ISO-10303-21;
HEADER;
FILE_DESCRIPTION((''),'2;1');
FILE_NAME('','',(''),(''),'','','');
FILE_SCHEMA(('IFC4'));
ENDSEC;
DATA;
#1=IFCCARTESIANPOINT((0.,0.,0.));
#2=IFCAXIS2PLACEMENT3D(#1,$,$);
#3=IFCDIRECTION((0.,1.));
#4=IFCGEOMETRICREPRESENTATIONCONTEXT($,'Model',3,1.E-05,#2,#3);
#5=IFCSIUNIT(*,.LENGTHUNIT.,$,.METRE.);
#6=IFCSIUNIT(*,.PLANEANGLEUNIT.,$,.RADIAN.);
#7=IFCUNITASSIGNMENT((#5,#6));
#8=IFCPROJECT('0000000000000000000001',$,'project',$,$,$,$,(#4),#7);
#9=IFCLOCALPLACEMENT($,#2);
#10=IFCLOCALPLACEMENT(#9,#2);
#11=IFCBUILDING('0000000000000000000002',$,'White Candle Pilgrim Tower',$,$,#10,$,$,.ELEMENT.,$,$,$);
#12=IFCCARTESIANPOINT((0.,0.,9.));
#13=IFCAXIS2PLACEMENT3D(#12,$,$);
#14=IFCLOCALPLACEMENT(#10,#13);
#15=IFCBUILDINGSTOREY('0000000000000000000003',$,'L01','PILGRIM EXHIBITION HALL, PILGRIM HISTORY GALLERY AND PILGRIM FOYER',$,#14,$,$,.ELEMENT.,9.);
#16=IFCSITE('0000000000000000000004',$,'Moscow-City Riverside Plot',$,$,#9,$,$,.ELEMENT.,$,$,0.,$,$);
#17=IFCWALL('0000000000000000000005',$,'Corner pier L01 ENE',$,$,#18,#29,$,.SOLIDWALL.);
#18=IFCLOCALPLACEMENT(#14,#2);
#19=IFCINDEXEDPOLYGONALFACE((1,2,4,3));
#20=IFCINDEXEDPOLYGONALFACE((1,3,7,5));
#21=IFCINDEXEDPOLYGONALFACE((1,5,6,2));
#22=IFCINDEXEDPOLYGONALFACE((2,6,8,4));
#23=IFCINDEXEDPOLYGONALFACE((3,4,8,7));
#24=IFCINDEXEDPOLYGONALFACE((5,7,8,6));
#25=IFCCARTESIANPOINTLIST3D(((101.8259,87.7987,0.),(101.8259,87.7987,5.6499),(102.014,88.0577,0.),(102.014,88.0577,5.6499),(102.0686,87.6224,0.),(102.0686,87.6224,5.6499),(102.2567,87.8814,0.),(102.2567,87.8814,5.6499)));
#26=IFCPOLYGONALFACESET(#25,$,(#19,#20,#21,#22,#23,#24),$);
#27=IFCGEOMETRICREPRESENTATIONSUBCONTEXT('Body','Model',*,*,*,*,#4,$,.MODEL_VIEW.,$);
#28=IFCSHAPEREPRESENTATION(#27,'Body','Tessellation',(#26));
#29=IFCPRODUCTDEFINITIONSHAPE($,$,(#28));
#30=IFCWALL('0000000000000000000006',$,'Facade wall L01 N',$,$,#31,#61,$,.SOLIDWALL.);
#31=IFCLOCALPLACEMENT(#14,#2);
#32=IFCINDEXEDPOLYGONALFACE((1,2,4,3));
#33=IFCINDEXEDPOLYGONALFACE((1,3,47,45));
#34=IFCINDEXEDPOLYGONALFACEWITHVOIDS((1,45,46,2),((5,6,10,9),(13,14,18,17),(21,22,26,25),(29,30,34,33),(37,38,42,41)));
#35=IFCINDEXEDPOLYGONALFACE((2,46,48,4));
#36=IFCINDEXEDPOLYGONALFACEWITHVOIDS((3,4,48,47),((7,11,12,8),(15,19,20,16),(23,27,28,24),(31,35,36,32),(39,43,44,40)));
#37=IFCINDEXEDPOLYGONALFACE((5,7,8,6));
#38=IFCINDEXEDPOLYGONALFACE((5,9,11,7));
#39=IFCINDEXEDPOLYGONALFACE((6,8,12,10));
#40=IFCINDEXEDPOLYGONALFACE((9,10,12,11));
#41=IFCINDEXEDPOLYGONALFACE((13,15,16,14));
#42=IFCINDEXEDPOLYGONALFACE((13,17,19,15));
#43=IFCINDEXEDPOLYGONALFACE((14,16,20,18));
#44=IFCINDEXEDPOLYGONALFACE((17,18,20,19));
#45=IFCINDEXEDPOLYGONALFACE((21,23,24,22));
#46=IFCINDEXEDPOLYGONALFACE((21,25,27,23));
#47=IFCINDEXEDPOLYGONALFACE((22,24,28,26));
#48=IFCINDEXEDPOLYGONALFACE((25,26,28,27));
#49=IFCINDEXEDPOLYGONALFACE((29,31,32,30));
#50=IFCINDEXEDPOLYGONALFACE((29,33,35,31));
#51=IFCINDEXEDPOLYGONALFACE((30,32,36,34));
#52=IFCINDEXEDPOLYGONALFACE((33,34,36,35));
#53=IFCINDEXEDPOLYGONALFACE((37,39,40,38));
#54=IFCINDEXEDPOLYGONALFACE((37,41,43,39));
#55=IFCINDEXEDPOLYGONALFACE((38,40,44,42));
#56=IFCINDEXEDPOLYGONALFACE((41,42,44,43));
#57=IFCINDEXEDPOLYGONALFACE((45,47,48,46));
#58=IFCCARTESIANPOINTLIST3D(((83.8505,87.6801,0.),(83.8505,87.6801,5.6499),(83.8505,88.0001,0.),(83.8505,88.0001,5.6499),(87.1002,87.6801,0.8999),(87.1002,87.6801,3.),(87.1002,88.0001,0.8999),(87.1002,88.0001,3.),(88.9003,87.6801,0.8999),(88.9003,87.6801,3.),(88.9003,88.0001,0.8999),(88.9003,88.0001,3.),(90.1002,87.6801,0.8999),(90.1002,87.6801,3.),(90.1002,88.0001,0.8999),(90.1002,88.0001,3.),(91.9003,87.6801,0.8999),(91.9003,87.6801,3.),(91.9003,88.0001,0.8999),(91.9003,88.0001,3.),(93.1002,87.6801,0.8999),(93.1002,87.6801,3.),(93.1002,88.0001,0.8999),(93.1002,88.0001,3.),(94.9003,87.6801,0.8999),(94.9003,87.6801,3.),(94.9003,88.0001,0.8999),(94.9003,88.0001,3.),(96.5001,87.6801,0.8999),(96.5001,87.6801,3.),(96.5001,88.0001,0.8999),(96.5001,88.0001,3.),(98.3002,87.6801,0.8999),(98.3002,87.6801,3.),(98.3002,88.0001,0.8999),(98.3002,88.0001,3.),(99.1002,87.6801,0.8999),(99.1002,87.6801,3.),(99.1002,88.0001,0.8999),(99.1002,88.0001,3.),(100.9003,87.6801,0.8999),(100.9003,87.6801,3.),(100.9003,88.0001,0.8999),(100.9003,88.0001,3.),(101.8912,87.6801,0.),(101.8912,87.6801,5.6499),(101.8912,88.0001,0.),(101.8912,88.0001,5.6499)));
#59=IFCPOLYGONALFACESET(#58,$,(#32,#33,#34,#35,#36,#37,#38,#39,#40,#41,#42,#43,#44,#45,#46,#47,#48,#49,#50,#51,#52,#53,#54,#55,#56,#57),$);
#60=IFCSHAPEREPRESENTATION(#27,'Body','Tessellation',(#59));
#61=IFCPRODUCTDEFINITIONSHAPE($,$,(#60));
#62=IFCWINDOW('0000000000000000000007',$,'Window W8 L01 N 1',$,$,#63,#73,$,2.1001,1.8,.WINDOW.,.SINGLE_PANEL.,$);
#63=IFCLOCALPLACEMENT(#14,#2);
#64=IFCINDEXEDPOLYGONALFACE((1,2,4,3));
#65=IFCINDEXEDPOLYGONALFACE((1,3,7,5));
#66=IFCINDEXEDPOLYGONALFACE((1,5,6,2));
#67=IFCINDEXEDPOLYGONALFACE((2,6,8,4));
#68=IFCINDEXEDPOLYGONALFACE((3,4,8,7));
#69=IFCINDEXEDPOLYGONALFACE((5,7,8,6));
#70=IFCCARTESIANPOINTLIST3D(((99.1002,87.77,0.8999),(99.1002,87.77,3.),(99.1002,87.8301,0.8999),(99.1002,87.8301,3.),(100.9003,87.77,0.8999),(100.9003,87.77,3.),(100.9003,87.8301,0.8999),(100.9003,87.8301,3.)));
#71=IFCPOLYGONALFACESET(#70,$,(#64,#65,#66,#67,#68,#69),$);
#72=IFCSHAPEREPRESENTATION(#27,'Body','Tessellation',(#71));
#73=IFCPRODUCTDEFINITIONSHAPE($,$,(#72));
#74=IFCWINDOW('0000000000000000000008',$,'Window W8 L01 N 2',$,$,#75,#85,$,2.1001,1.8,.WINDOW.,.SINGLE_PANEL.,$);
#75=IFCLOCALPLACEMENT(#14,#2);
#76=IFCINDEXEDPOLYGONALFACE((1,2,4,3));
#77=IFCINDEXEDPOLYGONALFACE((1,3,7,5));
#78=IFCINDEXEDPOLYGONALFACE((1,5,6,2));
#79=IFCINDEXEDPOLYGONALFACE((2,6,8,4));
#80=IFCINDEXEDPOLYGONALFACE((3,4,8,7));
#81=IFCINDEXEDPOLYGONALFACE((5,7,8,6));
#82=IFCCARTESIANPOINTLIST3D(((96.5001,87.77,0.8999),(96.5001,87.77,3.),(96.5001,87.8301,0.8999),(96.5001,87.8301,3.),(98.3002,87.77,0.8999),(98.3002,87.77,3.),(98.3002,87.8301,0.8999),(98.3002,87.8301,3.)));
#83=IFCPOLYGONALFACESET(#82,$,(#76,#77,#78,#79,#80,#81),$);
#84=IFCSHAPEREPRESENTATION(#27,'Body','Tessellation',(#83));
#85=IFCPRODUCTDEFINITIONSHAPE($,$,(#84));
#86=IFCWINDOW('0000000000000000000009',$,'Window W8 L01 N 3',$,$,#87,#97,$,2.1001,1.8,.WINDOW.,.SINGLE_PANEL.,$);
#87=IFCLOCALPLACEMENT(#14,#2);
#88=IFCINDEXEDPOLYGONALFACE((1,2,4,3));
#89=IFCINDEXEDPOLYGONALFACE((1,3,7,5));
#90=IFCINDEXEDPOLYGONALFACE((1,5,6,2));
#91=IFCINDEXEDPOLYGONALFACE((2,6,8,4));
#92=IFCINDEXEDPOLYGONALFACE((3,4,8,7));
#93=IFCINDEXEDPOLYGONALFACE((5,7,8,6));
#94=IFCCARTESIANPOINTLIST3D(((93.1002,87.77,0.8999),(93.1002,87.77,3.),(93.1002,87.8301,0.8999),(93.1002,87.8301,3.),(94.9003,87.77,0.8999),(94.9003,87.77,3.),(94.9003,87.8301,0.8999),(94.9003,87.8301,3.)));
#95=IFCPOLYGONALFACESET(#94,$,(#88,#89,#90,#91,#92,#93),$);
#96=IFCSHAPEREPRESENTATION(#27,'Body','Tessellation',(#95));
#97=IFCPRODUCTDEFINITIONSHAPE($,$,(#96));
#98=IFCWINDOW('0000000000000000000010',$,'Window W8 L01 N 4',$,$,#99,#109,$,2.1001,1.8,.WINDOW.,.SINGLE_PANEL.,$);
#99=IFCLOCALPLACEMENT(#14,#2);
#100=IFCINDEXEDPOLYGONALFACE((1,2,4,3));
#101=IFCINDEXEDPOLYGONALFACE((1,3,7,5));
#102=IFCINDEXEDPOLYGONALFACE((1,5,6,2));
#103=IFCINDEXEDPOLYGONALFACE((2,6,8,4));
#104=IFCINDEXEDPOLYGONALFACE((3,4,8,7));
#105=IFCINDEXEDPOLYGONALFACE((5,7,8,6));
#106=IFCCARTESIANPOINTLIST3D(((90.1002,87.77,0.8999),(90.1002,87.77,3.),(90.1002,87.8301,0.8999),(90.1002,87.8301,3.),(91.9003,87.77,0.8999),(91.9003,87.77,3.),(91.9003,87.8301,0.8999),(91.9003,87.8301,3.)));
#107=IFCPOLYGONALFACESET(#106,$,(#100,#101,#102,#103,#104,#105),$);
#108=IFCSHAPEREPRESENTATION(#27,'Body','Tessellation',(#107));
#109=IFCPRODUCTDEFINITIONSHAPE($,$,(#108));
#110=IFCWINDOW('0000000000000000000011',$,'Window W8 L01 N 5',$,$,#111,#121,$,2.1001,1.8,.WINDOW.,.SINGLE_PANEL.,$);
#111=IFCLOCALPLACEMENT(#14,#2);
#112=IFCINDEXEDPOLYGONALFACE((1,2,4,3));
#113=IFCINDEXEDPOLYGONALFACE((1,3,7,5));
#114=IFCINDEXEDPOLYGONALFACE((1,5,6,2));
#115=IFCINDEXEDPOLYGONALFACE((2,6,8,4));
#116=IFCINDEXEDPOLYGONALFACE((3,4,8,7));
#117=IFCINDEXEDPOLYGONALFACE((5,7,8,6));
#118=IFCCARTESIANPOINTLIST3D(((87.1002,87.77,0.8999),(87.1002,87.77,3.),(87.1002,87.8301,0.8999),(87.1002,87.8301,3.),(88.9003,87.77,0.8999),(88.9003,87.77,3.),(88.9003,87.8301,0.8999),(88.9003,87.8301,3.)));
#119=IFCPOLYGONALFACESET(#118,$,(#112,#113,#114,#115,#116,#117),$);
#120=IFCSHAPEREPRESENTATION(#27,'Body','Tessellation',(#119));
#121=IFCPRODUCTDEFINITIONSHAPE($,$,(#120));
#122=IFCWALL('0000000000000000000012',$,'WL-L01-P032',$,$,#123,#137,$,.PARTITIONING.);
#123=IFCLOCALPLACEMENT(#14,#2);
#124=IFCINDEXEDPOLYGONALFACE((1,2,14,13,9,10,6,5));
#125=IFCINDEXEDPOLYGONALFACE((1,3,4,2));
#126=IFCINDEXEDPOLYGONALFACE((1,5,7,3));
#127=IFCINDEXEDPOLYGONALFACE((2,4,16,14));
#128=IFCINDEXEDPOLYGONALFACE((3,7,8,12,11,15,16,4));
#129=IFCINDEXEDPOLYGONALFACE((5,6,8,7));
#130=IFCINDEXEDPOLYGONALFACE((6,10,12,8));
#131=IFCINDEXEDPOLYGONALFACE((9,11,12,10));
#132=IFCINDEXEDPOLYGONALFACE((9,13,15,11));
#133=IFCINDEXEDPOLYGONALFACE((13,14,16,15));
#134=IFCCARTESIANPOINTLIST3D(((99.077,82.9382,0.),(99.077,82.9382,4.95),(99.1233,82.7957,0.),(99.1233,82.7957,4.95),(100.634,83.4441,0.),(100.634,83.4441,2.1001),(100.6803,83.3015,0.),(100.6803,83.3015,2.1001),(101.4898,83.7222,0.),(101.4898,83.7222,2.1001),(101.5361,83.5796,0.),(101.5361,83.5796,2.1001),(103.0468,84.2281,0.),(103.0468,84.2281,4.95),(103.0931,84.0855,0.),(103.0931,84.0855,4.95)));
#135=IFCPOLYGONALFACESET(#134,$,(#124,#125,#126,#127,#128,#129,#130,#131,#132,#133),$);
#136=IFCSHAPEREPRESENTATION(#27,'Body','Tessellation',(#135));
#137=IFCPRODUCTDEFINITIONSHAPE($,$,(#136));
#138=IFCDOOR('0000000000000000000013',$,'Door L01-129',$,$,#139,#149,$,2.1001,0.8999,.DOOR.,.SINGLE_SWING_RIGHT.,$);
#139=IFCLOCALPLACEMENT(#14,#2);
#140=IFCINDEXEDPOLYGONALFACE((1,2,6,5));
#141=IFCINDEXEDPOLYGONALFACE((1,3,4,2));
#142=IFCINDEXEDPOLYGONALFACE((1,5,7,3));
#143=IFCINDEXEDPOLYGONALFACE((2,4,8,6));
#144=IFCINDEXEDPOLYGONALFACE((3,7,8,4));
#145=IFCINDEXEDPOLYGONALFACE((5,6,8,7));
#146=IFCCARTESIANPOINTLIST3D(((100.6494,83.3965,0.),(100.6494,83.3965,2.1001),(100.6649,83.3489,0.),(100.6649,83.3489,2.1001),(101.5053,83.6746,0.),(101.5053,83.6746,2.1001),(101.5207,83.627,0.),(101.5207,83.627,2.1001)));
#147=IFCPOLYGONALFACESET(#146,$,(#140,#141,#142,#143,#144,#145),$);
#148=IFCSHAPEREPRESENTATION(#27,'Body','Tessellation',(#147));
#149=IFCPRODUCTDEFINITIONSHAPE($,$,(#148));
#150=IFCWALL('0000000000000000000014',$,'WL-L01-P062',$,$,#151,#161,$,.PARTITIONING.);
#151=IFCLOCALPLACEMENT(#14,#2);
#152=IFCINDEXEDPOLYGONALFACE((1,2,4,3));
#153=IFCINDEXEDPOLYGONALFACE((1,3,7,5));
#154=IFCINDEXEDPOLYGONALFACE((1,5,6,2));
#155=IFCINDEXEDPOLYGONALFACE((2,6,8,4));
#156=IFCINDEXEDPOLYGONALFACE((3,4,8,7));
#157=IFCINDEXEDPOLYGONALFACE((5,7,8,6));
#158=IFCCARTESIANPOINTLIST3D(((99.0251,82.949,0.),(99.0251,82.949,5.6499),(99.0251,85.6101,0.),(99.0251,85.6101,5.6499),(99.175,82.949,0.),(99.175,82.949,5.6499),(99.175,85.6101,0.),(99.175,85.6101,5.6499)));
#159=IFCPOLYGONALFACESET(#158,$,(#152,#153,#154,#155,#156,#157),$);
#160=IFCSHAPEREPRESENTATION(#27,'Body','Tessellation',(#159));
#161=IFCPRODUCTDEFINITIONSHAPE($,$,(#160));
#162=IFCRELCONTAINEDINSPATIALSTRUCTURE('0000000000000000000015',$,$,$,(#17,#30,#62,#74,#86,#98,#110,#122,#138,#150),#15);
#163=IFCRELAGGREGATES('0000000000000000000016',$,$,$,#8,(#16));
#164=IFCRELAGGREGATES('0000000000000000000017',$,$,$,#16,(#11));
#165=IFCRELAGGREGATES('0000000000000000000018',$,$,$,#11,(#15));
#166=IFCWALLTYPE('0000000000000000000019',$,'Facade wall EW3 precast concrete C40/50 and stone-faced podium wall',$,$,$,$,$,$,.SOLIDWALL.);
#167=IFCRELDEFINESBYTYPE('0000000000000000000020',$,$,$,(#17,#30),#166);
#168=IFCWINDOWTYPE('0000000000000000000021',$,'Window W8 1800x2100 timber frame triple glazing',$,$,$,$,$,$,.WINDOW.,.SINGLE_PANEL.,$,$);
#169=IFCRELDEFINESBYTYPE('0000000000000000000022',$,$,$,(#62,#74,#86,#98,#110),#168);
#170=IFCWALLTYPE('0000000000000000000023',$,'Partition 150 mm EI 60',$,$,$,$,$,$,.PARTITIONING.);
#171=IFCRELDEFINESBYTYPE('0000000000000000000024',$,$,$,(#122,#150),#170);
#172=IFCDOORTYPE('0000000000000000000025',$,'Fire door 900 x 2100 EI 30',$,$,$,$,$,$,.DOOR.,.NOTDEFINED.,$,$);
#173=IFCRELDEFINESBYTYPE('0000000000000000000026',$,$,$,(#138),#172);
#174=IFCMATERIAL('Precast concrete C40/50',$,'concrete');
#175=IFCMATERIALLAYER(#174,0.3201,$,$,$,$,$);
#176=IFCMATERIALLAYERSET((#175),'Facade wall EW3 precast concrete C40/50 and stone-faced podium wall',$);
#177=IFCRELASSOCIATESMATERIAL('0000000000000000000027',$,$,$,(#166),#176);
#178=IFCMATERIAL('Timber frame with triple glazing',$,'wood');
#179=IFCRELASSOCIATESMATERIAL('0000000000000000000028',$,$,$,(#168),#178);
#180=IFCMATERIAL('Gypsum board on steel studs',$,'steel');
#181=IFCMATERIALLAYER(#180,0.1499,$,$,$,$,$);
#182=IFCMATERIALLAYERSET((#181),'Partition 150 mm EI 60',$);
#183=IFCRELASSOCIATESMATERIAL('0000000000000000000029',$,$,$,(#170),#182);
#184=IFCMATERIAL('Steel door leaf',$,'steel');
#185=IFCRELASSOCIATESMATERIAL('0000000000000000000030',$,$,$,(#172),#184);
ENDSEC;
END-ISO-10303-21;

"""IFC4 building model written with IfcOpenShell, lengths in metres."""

from ifc_helpers import new_model, si_unit, direction, frame, frame_2d, origin, place, context, subcontext, project, spatial, rectangle, extrude, material, layer, layer_set, type_object, element, fill, save


model = new_model("IFC4")

# Units and contexts
model_context = context("Model", 3, precision=1e-05, world=origin(), true_north=direction((0.0, 1.0)))
body_context = subcontext(model_context, "Body", "Model", "MODEL_VIEW")
ifc_project = project(units=[si_unit("LENGTHUNIT", "METRE"), si_unit("PLANEANGLEUNIT", "RADIAN")], contexts=[model_context])

# Site, building, storey
site_placement = place(None, origin())
site = spatial("IfcSite", under=ifc_project, at=site_placement, Name="Moscow-City Riverside Plot", CompositionType="ELEMENT", RefElevation=0.0)
building_placement = place(site_placement, origin())
building = spatial("IfcBuilding", under=site, at=building_placement, Name="White Candle Pilgrim Tower", CompositionType="ELEMENT")
storey_placement = place(building_placement, frame((0.0, 0.0, 9.0)))
storey = spatial("IfcBuildingStorey", under=building, at=storey_placement, Name="L01", Description="PILGRIM EXHIBITION HALL, PILGRIM HISTORY GALLERY AND PILGRIM FOYER", CompositionType="ELEMENT", Elevation=9.0)

# Wall
ifc_material_1 = material(Name="Precast concrete C40/50", Category="concrete")
ifc_layer_1 = layer(ifc_material_1, 0.3201)
ifc_layer_set_1 = layer_set([ifc_layer_1], Name="Facade wall EW3 precast concrete C40/50 and stone-faced podium wall")
wall_type_1 = type_object("IfcWallType", Name="Facade wall EW3 precast concrete C40/50 and stone-faced podium wall", PredefinedType="SOLIDWALL", material=ifc_layer_set_1)
wall_1_placement = place(storey_placement, frame((102.1626, 87.752, 0.0), z_axis=(0.0, 0.0, 1.0), x_axis=(-0.809088, 0.587688, 0.0)))
element("IfcWall", 1, at=wall_1_placement, inside=storey, type_object=wall_type_1, Name="Corner pier L01 ENE", PredefinedType="SOLIDWALL", context=body_context, shape_type="SweptSolid", body=[
    extrude(rectangle(XDim=0.3, YDim=0.3201, at=frame_2d((0.1499, 0.0))), origin(), (0.0, 0.0, 1.0), 5.6499),
])

# Wall, openings, windows
wall_2_placement = place(storey_placement, frame((101.8914, 87.8401, 0.0), z_axis=(0.0, 0.0, 1.0), x_axis=(-1.0, 0.0, 0.0)))
wall_2 = element("IfcWall", 2, at=wall_2_placement, inside=storey, type_object=wall_type_1, Name="Facade wall L01 N", PredefinedType="SOLIDWALL", context=body_context, shape_type="SweptSolid", body=[
    extrude(rectangle(XDim=18.0408, YDim=0.3201, at=frame_2d((9.0205, 0.0))), origin(), (0.0, 0.0, 1.0), 5.6499),
])
opening_1_placement = place(wall_2_placement, frame((0.9912, 0.0, 0.8999)))
opening_1 = element("IfcOpeningElement", 3, at=opening_1_placement, cuts=wall_2, PredefinedType="OPENING", context=body_context, shape_type="SweptSolid", body=[
    extrude(rectangle(XDim=1.8, YDim=2.1001, at=frame_2d((0.8999, 1.05))), frame((0.0, 0.1699, 0.0), z_axis=(0.0, -1.0, 0.0), x_axis=(1.0, 0.0, 0.0)), (0.0, 0.0, 1.0), 0.3401),
])
opening_2_placement = place(wall_2_placement, frame((3.5913, 0.0, 0.8999)))
opening_2 = element("IfcOpeningElement", 4, at=opening_2_placement, cuts=wall_2, PredefinedType="OPENING", context=body_context, shape_type="SweptSolid", body=[
    extrude(rectangle(XDim=1.8, YDim=2.1001, at=frame_2d((0.8999, 1.05))), frame((0.0, 0.1699, 0.0), z_axis=(0.0, -1.0, 0.0), x_axis=(1.0, 0.0, 0.0)), (0.0, 0.0, 1.0), 0.3401),
])
opening_3_placement = place(wall_2_placement, frame((6.9912, 0.0, 0.8999)))
opening_3 = element("IfcOpeningElement", 5, at=opening_3_placement, cuts=wall_2, PredefinedType="OPENING", context=body_context, shape_type="SweptSolid", body=[
    extrude(rectangle(XDim=1.8, YDim=2.1001, at=frame_2d((0.8999, 1.05))), frame((0.0, 0.1699, 0.0), z_axis=(0.0, -1.0, 0.0), x_axis=(1.0, 0.0, 0.0)), (0.0, 0.0, 1.0), 0.3401),
])
opening_4_placement = place(wall_2_placement, frame((9.9912, 0.0, 0.8999)))
opening_4 = element("IfcOpeningElement", 6, at=opening_4_placement, cuts=wall_2, PredefinedType="OPENING", context=body_context, shape_type="SweptSolid", body=[
    extrude(rectangle(XDim=1.8, YDim=2.1001, at=frame_2d((0.8999, 1.05))), frame((0.0, 0.1699, 0.0), z_axis=(0.0, -1.0, 0.0), x_axis=(1.0, 0.0, 0.0)), (0.0, 0.0, 1.0), 0.3401),
])
opening_5_placement = place(wall_2_placement, frame((12.9912, 0.0, 0.8999)))
opening_5 = element("IfcOpeningElement", 7, at=opening_5_placement, cuts=wall_2, PredefinedType="OPENING", context=body_context, shape_type="SweptSolid", body=[
    extrude(rectangle(XDim=1.8, YDim=2.1001, at=frame_2d((0.8999, 1.05))), frame((0.0, 0.1699, 0.0), z_axis=(0.0, -1.0, 0.0), x_axis=(1.0, 0.0, 0.0)), (0.0, 0.0, 1.0), 0.3401),
])
ifc_material_2 = material(Name="Timber frame with triple glazing", Category="wood")
window_type = type_object("IfcWindowType", Name="Window W8 1800x2100 timber frame triple glazing", PartitioningType="SINGLE_PANEL", PredefinedType="WINDOW", material=ifc_material_2)
window_1_placement = place(opening_1_placement, origin())
window_1 = element("IfcWindow", 8, at=window_1_placement, inside=storey, type_object=window_type, Name="Window W8 L01 N 1", OverallHeight=2.1001, OverallWidth=1.8, PartitioningType="SINGLE_PANEL", PredefinedType="WINDOW", context=body_context, shape_type="SweptSolid", body=[
    extrude(rectangle(XDim=1.8, YDim=2.1001, at=frame_2d((0.8999, 1.05))), frame((0.0, 0.0701, 0.0), z_axis=(0.0, -1.0, 0.0), x_axis=(1.0, 0.0, 0.0)), (0.0, 0.0, 1.0), 0.0601),
])
fill(opening_1, window_1)
window_2_placement = place(opening_2_placement, origin())
window_2 = element("IfcWindow", 9, at=window_2_placement, inside=storey, type_object=window_type, Name="Window W8 L01 N 2", OverallHeight=2.1001, OverallWidth=1.8, PartitioningType="SINGLE_PANEL", PredefinedType="WINDOW", context=body_context, shape_type="SweptSolid", body=[
    extrude(rectangle(XDim=1.8, YDim=2.1001, at=frame_2d((0.8999, 1.05))), frame((0.0, 0.0701, 0.0), z_axis=(0.0, -1.0, 0.0), x_axis=(1.0, 0.0, 0.0)), (0.0, 0.0, 1.0), 0.0601),
])
fill(opening_2, window_2)
window_3_placement = place(opening_3_placement, origin())
window_3 = element("IfcWindow", 10, at=window_3_placement, inside=storey, type_object=window_type, Name="Window W8 L01 N 3", OverallHeight=2.1001, OverallWidth=1.8, PartitioningType="SINGLE_PANEL", PredefinedType="WINDOW", context=body_context, shape_type="SweptSolid", body=[
    extrude(rectangle(XDim=1.8, YDim=2.1001, at=frame_2d((0.8999, 1.05))), frame((0.0, 0.0701, 0.0), z_axis=(0.0, -1.0, 0.0), x_axis=(1.0, 0.0, 0.0)), (0.0, 0.0, 1.0), 0.0601),
])
fill(opening_3, window_3)
window_4_placement = place(opening_4_placement, origin())
window_4 = element("IfcWindow", 11, at=window_4_placement, inside=storey, type_object=window_type, Name="Window W8 L01 N 4", OverallHeight=2.1001, OverallWidth=1.8, PartitioningType="SINGLE_PANEL", PredefinedType="WINDOW", context=body_context, shape_type="SweptSolid", body=[
    extrude(rectangle(XDim=1.8, YDim=2.1001, at=frame_2d((0.8999, 1.05))), frame((0.0, 0.0701, 0.0), z_axis=(0.0, -1.0, 0.0), x_axis=(1.0, 0.0, 0.0)), (0.0, 0.0, 1.0), 0.0601),
])
fill(opening_4, window_4)
window_5_placement = place(opening_5_placement, origin())
window_5 = element("IfcWindow", 12, at=window_5_placement, inside=storey, type_object=window_type, Name="Window W8 L01 N 5", OverallHeight=2.1001, OverallWidth=1.8, PartitioningType="SINGLE_PANEL", PredefinedType="WINDOW", context=body_context, shape_type="SweptSolid", body=[
    extrude(rectangle(XDim=1.8, YDim=2.1001, at=frame_2d((0.8999, 1.05))), frame((0.0, 0.0701, 0.0), z_axis=(0.0, -1.0, 0.0), x_axis=(1.0, 0.0, 0.0)), (0.0, 0.0, 1.0), 0.0601),
])
fill(opening_5, window_5)

# Wall, opening, door
ifc_material_3 = material(Name="Gypsum board on steel studs", Category="steel")
ifc_layer_2 = layer(ifc_material_3, 0.1499)
ifc_layer_set_2 = layer_set([ifc_layer_2], Name="Partition 150 mm EI 60")
wall_type_2 = type_object("IfcWallType", Name="Partition 150 mm EI 60", PredefinedType="PARTITIONING", material=ifc_layer_set_2)
wall_3_placement = place(storey_placement, frame((103.0698, 84.1567, 0.0), z_axis=(0.0, 0.0, 1.0), x_axis=(-0.95106, -0.309007, 0.0)))
wall_3 = element("IfcWall", 13, at=wall_3_placement, inside=storey, type_object=wall_type_2, Name="WL-L01-P032", PredefinedType="PARTITIONING", context=body_context, shape_type="SweptSolid", body=[
    extrude(rectangle(XDim=4.1741, YDim=0.1499, at=frame_2d((2.0869, 0.0))), origin(), (0.0, 0.0, 1.0), 4.95),
])
opening_6_placement = place(wall_3_placement, frame((1.637, 0.0, 0.0)))
opening_6 = element("IfcOpeningElement", 14, at=opening_6_placement, cuts=wall_3, PredefinedType="OPENING", context=body_context, shape_type="SweptSolid", body=[
    extrude(rectangle(XDim=0.8999, YDim=2.1001, at=frame_2d((0.45, 1.05))), frame((0.0, 0.085, 0.0), z_axis=(0.0, -1.0, 0.0), x_axis=(1.0, 0.0, 0.0)), (0.0, 0.0, 1.0), 0.1699),
])
ifc_material_4 = material(Name="Steel door leaf", Category="steel")
door_type = type_object("IfcDoorType", Name="Fire door 900 x 2100 EI 30", OperationType="NOTDEFINED", PredefinedType="DOOR", material=ifc_material_4)
door_placement = place(opening_6_placement, frame((0.8999, 0.0, 0.0), z_axis=(0.0, 0.0, 1.0), x_axis=(-1.0, 0.0, 0.0)))
door = element("IfcDoor", 15, at=door_placement, inside=storey, type_object=door_type, Name="Door L01-129", OperationType="SINGLE_SWING_RIGHT", OverallHeight=2.1001, OverallWidth=0.8999, PredefinedType="DOOR", context=body_context, shape_type="SweptSolid", body=[
    extrude(rectangle(XDim=0.8999, YDim=2.1001, at=frame_2d((0.45, 1.05))), frame((0.0, 0.0249, 0.0), z_axis=(0.0, -1.0, 0.0), x_axis=(1.0, 0.0, 0.0)), (0.0, 0.0, 1.0), 0.05),
])
fill(opening_6, door)

# Wall
wall_4_placement = place(storey_placement, frame((99.1001, 82.949, 0.0), z_axis=(0.0, 0.0, 1.0), x_axis=(0.0, 1.0, 0.0)))
element("IfcWall", 16, at=wall_4_placement, inside=storey, type_object=wall_type_2, Name="WL-L01-P062", PredefinedType="PARTITIONING", context=body_context, shape_type="SweptSolid", body=[
    extrude(rectangle(XDim=2.6611, YDim=0.1499, at=frame_2d((1.3306, 0.0))), origin(), (0.0, 0.0, 1.0), 5.6499),
])

save(model, "model.ifc")
